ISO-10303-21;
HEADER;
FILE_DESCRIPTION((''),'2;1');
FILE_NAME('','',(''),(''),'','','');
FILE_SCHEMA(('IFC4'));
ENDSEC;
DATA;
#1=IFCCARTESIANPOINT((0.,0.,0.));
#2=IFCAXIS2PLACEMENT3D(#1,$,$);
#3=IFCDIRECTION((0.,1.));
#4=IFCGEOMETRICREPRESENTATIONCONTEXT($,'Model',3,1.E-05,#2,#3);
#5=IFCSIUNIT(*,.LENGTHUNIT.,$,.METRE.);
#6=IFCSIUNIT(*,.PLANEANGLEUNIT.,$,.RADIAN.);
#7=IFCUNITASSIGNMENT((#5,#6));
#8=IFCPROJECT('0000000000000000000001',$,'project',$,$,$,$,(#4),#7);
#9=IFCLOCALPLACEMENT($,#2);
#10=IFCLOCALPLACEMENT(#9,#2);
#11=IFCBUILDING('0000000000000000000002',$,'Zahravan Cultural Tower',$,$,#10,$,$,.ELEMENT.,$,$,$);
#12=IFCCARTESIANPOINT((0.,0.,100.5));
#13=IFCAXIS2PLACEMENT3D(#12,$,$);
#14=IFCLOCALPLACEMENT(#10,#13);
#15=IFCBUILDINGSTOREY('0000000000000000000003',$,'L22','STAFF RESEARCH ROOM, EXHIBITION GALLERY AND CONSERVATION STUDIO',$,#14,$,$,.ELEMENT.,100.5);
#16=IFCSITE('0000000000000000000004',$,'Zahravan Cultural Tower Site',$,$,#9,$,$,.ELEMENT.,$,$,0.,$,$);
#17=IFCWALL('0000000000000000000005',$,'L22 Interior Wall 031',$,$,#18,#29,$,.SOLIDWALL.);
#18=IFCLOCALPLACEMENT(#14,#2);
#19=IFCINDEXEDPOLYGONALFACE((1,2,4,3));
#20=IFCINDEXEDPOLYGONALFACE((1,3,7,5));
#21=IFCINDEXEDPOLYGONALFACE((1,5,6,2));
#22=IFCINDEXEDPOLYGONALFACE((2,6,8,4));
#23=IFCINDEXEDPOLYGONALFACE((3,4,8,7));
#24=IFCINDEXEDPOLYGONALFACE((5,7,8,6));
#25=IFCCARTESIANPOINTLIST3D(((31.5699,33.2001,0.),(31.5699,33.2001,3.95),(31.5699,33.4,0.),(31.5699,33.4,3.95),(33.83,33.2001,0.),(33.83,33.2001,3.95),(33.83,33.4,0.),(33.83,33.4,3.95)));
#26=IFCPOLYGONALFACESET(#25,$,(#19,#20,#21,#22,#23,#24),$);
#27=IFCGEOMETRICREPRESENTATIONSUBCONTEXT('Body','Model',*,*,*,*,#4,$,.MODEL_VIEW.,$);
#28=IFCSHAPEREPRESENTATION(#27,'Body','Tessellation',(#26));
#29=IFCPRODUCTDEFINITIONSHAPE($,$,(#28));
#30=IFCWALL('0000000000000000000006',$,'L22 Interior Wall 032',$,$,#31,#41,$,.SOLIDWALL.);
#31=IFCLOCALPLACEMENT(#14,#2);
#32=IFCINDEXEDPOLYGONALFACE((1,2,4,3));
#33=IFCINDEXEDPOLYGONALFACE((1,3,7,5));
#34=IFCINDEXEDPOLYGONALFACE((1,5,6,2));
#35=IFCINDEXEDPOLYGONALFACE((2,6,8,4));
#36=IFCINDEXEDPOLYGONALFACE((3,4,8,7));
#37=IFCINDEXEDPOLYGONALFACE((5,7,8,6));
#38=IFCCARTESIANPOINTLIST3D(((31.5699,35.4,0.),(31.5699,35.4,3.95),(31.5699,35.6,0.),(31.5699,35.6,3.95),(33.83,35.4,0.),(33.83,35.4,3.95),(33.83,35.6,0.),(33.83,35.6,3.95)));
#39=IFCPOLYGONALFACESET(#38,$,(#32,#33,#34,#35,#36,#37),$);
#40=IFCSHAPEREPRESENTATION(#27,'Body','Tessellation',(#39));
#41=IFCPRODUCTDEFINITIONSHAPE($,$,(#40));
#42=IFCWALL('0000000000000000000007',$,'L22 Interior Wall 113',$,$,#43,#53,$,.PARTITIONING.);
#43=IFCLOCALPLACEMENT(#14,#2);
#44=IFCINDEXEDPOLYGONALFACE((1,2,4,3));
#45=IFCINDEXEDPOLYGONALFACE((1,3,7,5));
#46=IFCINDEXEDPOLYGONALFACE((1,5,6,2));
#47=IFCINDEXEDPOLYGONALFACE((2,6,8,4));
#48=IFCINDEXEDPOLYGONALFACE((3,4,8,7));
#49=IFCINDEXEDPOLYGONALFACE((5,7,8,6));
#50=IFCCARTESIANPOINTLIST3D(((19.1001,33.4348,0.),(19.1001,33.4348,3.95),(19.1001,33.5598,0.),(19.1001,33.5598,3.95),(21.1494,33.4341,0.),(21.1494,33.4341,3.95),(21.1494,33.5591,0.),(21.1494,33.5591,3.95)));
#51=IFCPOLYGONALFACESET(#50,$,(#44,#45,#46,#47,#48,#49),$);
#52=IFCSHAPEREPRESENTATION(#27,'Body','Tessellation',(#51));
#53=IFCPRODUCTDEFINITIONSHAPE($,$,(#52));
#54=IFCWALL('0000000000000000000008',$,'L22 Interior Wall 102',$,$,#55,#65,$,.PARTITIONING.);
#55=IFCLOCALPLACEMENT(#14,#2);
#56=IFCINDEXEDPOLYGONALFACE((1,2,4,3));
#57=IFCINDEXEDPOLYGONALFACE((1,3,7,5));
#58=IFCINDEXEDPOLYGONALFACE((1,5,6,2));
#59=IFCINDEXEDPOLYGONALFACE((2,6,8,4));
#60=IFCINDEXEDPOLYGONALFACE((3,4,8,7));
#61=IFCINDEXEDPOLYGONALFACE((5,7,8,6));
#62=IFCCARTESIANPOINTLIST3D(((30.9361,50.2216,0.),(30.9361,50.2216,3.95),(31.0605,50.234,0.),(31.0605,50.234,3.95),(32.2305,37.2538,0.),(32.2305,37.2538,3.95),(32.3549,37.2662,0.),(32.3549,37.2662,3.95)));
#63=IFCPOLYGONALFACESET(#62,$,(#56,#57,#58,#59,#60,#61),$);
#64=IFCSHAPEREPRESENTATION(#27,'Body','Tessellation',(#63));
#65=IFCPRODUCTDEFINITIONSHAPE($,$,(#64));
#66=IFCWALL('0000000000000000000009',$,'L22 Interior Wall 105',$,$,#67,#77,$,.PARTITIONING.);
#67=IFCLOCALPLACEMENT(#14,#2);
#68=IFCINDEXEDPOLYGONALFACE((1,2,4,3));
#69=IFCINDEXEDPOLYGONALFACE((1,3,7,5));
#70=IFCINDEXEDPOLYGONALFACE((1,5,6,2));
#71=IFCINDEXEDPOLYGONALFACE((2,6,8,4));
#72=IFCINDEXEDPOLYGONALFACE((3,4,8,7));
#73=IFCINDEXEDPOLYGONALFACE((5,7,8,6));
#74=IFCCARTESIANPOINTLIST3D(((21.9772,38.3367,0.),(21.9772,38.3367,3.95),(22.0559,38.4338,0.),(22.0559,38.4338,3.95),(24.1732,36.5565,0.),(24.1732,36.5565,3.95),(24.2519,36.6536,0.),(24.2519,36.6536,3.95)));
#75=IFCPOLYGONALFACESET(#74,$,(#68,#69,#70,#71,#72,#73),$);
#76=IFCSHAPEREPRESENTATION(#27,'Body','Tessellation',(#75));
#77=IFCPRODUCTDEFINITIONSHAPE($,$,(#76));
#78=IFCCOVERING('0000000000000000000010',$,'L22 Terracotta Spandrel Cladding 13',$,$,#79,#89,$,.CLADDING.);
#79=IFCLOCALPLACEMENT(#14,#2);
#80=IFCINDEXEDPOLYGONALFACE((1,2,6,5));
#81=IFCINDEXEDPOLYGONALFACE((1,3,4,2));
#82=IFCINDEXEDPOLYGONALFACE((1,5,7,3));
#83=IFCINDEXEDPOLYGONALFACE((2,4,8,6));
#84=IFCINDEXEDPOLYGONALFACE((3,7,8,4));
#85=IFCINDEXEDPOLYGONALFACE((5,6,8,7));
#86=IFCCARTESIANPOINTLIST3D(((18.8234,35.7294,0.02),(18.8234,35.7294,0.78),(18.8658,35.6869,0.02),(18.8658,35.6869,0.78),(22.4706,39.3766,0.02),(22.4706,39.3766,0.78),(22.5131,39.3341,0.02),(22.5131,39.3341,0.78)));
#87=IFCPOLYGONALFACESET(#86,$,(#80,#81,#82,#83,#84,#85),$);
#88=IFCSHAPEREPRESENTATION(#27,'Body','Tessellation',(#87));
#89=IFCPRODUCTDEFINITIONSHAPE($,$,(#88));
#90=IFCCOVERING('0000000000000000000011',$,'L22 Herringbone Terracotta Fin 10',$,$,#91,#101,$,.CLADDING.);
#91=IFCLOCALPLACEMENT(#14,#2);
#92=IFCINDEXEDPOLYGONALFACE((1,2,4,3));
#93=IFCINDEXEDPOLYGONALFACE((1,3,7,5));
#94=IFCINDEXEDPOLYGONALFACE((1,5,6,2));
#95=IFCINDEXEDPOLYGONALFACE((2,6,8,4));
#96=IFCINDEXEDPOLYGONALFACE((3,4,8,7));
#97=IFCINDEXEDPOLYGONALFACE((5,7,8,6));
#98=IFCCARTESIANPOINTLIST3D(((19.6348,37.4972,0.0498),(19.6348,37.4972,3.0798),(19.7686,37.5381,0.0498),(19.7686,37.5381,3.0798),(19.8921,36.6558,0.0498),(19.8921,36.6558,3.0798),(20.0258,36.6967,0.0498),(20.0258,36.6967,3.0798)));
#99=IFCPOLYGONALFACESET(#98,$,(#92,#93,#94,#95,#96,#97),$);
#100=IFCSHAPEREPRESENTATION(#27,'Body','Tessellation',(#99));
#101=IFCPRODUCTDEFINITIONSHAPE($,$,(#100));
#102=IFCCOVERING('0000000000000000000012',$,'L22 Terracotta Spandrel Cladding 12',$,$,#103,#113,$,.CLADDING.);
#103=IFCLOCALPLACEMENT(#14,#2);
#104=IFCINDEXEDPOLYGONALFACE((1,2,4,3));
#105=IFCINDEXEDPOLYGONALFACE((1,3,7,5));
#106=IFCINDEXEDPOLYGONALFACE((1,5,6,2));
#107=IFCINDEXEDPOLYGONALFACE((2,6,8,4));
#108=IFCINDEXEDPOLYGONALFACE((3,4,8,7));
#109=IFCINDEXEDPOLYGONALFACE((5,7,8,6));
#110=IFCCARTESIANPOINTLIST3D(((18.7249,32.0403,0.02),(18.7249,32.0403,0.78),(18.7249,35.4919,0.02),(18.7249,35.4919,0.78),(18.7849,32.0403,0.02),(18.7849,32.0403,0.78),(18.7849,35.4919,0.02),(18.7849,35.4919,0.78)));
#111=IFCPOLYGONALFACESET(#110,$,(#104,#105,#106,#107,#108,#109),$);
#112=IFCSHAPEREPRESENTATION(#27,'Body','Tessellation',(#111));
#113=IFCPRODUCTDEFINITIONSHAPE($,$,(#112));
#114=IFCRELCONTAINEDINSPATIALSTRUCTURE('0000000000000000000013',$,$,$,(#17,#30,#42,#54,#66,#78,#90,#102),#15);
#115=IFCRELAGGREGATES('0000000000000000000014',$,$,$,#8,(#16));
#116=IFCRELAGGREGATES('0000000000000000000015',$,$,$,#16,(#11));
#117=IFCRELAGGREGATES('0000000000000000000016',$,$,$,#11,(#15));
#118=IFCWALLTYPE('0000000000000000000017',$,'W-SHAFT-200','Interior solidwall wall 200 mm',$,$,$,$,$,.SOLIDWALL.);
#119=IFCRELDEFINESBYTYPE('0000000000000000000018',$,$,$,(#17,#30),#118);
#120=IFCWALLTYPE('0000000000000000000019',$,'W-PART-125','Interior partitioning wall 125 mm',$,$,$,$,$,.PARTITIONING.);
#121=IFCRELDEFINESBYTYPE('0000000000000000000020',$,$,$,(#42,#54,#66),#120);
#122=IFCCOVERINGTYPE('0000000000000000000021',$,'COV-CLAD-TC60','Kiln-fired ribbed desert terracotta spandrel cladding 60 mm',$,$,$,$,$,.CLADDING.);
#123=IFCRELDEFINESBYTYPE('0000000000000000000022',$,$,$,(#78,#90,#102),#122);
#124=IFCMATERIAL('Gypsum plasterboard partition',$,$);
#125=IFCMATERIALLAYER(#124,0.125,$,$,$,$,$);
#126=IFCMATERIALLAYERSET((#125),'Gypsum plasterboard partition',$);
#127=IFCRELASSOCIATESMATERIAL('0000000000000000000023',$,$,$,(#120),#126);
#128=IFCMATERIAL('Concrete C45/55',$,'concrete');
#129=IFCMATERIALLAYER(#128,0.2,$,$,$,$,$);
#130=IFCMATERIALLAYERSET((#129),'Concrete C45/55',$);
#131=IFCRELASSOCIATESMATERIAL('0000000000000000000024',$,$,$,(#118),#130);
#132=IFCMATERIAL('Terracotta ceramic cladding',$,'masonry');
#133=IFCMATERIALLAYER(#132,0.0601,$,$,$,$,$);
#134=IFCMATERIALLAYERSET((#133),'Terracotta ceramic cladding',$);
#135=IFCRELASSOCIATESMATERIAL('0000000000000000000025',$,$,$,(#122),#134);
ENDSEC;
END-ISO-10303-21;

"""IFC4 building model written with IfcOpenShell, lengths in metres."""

from ifc_helpers import new_model, si_unit, direction, frame, frame_2d, origin, origin_2d, place, context, subcontext, project, spatial, rectangle, extrude, source, transform, mapped, material, layer, layer_set, type_object, element, save


model = new_model("IFC4")

# Units and contexts
model_context = context("Model", 3, precision=1e-05, world=origin(), true_north=direction((0.0, 1.0)))
body_context = subcontext(model_context, "Body", "Model", "MODEL_VIEW")
ifc_project = project(units=[si_unit("LENGTHUNIT", "METRE"), si_unit("PLANEANGLEUNIT", "RADIAN")], contexts=[model_context])

# Site, building, storey
site_placement = place(None, origin())
site = spatial("IfcSite", under=ifc_project, at=site_placement, Name="Zahravan Cultural Tower Site", CompositionType="ELEMENT", RefElevation=0.0)
building_placement = place(site_placement, origin())
building = spatial("IfcBuilding", under=site, at=building_placement, Name="Zahravan Cultural Tower", CompositionType="ELEMENT")
storey_placement = place(building_placement, frame((0.0, 0.0, 100.5)))
storey = spatial("IfcBuildingStorey", under=building, at=storey_placement, Name="L22", Description="STAFF RESEARCH ROOM, EXHIBITION GALLERY AND CONSERVATION STUDIO", CompositionType="ELEMENT", Elevation=100.5)

# Shared definitions
ifc_material_1 = material(Name="Gypsum plasterboard partition")
ifc_layer_1 = layer(ifc_material_1, 0.125)
ifc_layer_set_1 = layer_set([ifc_layer_1], Name="Gypsum plasterboard partition")
wall_type_1 = type_object("IfcWallType", Name="W-PART-125", Description="Interior partitioning wall 125 mm", PredefinedType="PARTITIONING", material=ifc_layer_set_1)
ifc_material_2 = material(Name="Concrete C45/55", Category="concrete")
ifc_layer_2 = layer(ifc_material_2, 0.2)
ifc_layer_set_2 = layer_set([ifc_layer_2], Name="Concrete C45/55")
wall_type_2 = type_object("IfcWallType", Name="W-SHAFT-200", Description="Interior solidwall wall 200 mm", PredefinedType="SOLIDWALL", material=ifc_layer_set_2)

# Walls
shared_shape_1 = source(origin(), body_context, "Body", "SweptSolid", [
    extrude(rectangle(XDim=2.26, YDim=0.2, at=frame_2d((1.1299, 0.0))), origin(), (0.0, 0.0, 1.0), 3.95),
])
for number, where, z_axis, x_axis, name in (
    (1, (31.5701, 33.3, 0.0), (0.0, 0.0, 1.0), (1.0, 0.0, 0.0), "L22 Interior Wall 031"),
    (2, (31.5701, 35.5, 0.0), (0.0, 0.0, 1.0), (1.0, 0.0, 0.0), "L22 Interior Wall 032"),
):
    element("IfcWall", number, at=place(storey_placement, frame(where, z_axis=z_axis, x_axis=x_axis)), inside=storey, type_object=wall_type_2, Name=name, PredefinedType="SOLIDWALL", context=body_context, shape_type="MappedRepresentation", body=[
        mapped(shared_shape_1, transform((0.0, 0.0, 0.0), x_axis=(1.0, 0.0, 0.0), y_axis=(0.0, 1.0, 0.0), z_axis=(0.0, 0.0, 1.0), scale=1.0)),
    ])
shared_shape_2 = source(origin(), body_context, "Body", "SweptSolid", [
    extrude(rectangle(XDim=2.0493, YDim=0.125, at=frame_2d((1.0247, 0.0))), origin(), (0.0, 0.0, 1.0), 3.95),
])
wall_1_placement = place(storey_placement, frame((21.1494, 33.4966, 0.0), z_axis=(0.0, 0.0, 1.0), x_axis=(-1.0, 0.000357, 0.0)))
element("IfcWall", 3, at=wall_1_placement, inside=storey, type_object=wall_type_1, Name="L22 Interior Wall 113", PredefinedType="PARTITIONING", context=body_context, shape_type="MappedRepresentation", body=[
    mapped(shared_shape_2, transform((0.0, 0.0, 0.0), x_axis=(1.0, 0.0, 0.0), y_axis=(0.0, 1.0, 0.0), z_axis=(0.0, 0.0, 1.0), scale=1.0)),
])
shared_shape_3 = source(origin(), body_context, "Body", "SweptSolid", [
    extrude(rectangle(XDim=13.0322, YDim=0.125, at=frame_2d((6.5161, 0.0))), origin(), (0.0, 0.0, 1.0), 3.95),
])
wall_2_placement = place(storey_placement, frame((32.2927, 37.26, 0.0), z_axis=(0.0, 0.0, 1.0), x_axis=(-0.099326, 0.995055, 0.0)))
element("IfcWall", 4, at=wall_2_placement, inside=storey, type_object=wall_type_1, Name="L22 Interior Wall 102", PredefinedType="PARTITIONING", context=body_context, shape_type="MappedRepresentation", body=[
    mapped(shared_shape_3, transform((0.0, 0.0, 0.0), x_axis=(1.0, 0.0, 0.0), y_axis=(0.0, 1.0, 0.0), z_axis=(0.0, 0.0, 1.0), scale=1.0)),
])
shared_shape_4 = source(origin(), body_context, "Body", "SweptSolid", [
    extrude(rectangle(XDim=2.8269, YDim=0.125, at=frame_2d((1.4136, 0.0))), origin(), (0.0, 0.0, 1.0), 3.95),
])
wall_3_placement = place(storey_placement, frame((24.2126, 36.605, 0.0), z_axis=(0.0, 0.0, 1.0), x_axis=(-0.776808, 0.629737, 0.0)))
element("IfcWall", 5, at=wall_3_placement, inside=storey, type_object=wall_type_1, Name="L22 Interior Wall 105", PredefinedType="PARTITIONING", context=body_context, shape_type="MappedRepresentation", body=[
    mapped(shared_shape_4, transform((0.0, 0.0, 0.0), x_axis=(1.0, 0.0, 0.0), y_axis=(0.0, 1.0, 0.0), z_axis=(0.0, 0.0, 1.0), scale=1.0)),
])

# Coverings
ifc_material_3 = material(Name="Terracotta ceramic cladding", Category="masonry")
ifc_layer_3 = layer(ifc_material_3, 0.0601)
ifc_layer_set_3 = layer_set([ifc_layer_3], Name="Terracotta ceramic cladding")
covering_type = type_object("IfcCoveringType", Name="COV-CLAD-TC60", Description="Kiln-fired ribbed desert terracotta spandrel cladding 60 mm", PredefinedType="CLADDING", material=ifc_layer_set_3)
shared_shape_5 = source(origin(), body_context, "Body", "SweptSolid", [
    extrude(rectangle(XDim=5.158, YDim=0.0601, at=origin_2d()), origin(), (0.0, 0.0, 1.0), 0.76),
])
covering_1_placement = place(storey_placement, frame((20.6682, 37.5317, 0.02), z_axis=(0.0, 0.0, 1.0), x_axis=(0.707107, 0.707107, 0.0)))
element("IfcCovering", 6, at=covering_1_placement, inside=storey, type_object=covering_type, Name="L22 Terracotta Spandrel Cladding 13", PredefinedType="CLADDING", context=body_context, shape_type="MappedRepresentation", body=[
    mapped(shared_shape_5, transform((0.0, 0.0, 0.0), x_axis=(1.0, 0.0, 0.0), y_axis=(0.0, 1.0, 0.0), z_axis=(0.0, 0.0, 1.0), scale=1.0)),
])
shared_shape_6 = source(origin(), body_context, "Body", "SweptSolid", [
    extrude(rectangle(XDim=0.8799, YDim=0.1399, at=origin_2d()), origin(), (0.0, 0.0, 1.0), 3.03),
])
covering_2_placement = place(storey_placement, frame((19.8303, 37.0969, 0.0498), z_axis=(0.0, 0.0, 1.0), x_axis=(-0.292372, 0.956305, 0.0)))
element("IfcCovering", 7, at=covering_2_placement, inside=storey, type_object=covering_type, Name="L22 Herringbone Terracotta Fin 10", PredefinedType="CLADDING", context=body_context, shape_type="MappedRepresentation", body=[
    mapped(shared_shape_6, transform((0.0, 0.0, 0.0), x_axis=(1.0, 0.0, 0.0), y_axis=(0.0, 1.0, 0.0), z_axis=(0.0, 0.0, 1.0), scale=1.0)),
])
shared_shape_7 = source(origin(), body_context, "Body", "SweptSolid", [
    extrude(rectangle(XDim=3.4517, YDim=0.0601, at=origin_2d()), origin(), (0.0, 0.0, 1.0), 0.76),
])
covering_3_placement = place(storey_placement, frame((18.7549, 33.7661, 0.02), z_axis=(0.0, 0.0, 1.0), x_axis=(0.0, 1.0, 0.0)))
element("IfcCovering", 8, at=covering_3_placement, inside=storey, type_object=covering_type, Name="L22 Terracotta Spandrel Cladding 12", PredefinedType="CLADDING", context=body_context, shape_type="MappedRepresentation", body=[
    mapped(shared_shape_7, transform((0.0, 0.0, 0.0), x_axis=(1.0, 0.0, 0.0), y_axis=(0.0, 1.0, 0.0), z_axis=(0.0, 0.0, 1.0), scale=1.0)),
])

save(model, "model.ifc")
